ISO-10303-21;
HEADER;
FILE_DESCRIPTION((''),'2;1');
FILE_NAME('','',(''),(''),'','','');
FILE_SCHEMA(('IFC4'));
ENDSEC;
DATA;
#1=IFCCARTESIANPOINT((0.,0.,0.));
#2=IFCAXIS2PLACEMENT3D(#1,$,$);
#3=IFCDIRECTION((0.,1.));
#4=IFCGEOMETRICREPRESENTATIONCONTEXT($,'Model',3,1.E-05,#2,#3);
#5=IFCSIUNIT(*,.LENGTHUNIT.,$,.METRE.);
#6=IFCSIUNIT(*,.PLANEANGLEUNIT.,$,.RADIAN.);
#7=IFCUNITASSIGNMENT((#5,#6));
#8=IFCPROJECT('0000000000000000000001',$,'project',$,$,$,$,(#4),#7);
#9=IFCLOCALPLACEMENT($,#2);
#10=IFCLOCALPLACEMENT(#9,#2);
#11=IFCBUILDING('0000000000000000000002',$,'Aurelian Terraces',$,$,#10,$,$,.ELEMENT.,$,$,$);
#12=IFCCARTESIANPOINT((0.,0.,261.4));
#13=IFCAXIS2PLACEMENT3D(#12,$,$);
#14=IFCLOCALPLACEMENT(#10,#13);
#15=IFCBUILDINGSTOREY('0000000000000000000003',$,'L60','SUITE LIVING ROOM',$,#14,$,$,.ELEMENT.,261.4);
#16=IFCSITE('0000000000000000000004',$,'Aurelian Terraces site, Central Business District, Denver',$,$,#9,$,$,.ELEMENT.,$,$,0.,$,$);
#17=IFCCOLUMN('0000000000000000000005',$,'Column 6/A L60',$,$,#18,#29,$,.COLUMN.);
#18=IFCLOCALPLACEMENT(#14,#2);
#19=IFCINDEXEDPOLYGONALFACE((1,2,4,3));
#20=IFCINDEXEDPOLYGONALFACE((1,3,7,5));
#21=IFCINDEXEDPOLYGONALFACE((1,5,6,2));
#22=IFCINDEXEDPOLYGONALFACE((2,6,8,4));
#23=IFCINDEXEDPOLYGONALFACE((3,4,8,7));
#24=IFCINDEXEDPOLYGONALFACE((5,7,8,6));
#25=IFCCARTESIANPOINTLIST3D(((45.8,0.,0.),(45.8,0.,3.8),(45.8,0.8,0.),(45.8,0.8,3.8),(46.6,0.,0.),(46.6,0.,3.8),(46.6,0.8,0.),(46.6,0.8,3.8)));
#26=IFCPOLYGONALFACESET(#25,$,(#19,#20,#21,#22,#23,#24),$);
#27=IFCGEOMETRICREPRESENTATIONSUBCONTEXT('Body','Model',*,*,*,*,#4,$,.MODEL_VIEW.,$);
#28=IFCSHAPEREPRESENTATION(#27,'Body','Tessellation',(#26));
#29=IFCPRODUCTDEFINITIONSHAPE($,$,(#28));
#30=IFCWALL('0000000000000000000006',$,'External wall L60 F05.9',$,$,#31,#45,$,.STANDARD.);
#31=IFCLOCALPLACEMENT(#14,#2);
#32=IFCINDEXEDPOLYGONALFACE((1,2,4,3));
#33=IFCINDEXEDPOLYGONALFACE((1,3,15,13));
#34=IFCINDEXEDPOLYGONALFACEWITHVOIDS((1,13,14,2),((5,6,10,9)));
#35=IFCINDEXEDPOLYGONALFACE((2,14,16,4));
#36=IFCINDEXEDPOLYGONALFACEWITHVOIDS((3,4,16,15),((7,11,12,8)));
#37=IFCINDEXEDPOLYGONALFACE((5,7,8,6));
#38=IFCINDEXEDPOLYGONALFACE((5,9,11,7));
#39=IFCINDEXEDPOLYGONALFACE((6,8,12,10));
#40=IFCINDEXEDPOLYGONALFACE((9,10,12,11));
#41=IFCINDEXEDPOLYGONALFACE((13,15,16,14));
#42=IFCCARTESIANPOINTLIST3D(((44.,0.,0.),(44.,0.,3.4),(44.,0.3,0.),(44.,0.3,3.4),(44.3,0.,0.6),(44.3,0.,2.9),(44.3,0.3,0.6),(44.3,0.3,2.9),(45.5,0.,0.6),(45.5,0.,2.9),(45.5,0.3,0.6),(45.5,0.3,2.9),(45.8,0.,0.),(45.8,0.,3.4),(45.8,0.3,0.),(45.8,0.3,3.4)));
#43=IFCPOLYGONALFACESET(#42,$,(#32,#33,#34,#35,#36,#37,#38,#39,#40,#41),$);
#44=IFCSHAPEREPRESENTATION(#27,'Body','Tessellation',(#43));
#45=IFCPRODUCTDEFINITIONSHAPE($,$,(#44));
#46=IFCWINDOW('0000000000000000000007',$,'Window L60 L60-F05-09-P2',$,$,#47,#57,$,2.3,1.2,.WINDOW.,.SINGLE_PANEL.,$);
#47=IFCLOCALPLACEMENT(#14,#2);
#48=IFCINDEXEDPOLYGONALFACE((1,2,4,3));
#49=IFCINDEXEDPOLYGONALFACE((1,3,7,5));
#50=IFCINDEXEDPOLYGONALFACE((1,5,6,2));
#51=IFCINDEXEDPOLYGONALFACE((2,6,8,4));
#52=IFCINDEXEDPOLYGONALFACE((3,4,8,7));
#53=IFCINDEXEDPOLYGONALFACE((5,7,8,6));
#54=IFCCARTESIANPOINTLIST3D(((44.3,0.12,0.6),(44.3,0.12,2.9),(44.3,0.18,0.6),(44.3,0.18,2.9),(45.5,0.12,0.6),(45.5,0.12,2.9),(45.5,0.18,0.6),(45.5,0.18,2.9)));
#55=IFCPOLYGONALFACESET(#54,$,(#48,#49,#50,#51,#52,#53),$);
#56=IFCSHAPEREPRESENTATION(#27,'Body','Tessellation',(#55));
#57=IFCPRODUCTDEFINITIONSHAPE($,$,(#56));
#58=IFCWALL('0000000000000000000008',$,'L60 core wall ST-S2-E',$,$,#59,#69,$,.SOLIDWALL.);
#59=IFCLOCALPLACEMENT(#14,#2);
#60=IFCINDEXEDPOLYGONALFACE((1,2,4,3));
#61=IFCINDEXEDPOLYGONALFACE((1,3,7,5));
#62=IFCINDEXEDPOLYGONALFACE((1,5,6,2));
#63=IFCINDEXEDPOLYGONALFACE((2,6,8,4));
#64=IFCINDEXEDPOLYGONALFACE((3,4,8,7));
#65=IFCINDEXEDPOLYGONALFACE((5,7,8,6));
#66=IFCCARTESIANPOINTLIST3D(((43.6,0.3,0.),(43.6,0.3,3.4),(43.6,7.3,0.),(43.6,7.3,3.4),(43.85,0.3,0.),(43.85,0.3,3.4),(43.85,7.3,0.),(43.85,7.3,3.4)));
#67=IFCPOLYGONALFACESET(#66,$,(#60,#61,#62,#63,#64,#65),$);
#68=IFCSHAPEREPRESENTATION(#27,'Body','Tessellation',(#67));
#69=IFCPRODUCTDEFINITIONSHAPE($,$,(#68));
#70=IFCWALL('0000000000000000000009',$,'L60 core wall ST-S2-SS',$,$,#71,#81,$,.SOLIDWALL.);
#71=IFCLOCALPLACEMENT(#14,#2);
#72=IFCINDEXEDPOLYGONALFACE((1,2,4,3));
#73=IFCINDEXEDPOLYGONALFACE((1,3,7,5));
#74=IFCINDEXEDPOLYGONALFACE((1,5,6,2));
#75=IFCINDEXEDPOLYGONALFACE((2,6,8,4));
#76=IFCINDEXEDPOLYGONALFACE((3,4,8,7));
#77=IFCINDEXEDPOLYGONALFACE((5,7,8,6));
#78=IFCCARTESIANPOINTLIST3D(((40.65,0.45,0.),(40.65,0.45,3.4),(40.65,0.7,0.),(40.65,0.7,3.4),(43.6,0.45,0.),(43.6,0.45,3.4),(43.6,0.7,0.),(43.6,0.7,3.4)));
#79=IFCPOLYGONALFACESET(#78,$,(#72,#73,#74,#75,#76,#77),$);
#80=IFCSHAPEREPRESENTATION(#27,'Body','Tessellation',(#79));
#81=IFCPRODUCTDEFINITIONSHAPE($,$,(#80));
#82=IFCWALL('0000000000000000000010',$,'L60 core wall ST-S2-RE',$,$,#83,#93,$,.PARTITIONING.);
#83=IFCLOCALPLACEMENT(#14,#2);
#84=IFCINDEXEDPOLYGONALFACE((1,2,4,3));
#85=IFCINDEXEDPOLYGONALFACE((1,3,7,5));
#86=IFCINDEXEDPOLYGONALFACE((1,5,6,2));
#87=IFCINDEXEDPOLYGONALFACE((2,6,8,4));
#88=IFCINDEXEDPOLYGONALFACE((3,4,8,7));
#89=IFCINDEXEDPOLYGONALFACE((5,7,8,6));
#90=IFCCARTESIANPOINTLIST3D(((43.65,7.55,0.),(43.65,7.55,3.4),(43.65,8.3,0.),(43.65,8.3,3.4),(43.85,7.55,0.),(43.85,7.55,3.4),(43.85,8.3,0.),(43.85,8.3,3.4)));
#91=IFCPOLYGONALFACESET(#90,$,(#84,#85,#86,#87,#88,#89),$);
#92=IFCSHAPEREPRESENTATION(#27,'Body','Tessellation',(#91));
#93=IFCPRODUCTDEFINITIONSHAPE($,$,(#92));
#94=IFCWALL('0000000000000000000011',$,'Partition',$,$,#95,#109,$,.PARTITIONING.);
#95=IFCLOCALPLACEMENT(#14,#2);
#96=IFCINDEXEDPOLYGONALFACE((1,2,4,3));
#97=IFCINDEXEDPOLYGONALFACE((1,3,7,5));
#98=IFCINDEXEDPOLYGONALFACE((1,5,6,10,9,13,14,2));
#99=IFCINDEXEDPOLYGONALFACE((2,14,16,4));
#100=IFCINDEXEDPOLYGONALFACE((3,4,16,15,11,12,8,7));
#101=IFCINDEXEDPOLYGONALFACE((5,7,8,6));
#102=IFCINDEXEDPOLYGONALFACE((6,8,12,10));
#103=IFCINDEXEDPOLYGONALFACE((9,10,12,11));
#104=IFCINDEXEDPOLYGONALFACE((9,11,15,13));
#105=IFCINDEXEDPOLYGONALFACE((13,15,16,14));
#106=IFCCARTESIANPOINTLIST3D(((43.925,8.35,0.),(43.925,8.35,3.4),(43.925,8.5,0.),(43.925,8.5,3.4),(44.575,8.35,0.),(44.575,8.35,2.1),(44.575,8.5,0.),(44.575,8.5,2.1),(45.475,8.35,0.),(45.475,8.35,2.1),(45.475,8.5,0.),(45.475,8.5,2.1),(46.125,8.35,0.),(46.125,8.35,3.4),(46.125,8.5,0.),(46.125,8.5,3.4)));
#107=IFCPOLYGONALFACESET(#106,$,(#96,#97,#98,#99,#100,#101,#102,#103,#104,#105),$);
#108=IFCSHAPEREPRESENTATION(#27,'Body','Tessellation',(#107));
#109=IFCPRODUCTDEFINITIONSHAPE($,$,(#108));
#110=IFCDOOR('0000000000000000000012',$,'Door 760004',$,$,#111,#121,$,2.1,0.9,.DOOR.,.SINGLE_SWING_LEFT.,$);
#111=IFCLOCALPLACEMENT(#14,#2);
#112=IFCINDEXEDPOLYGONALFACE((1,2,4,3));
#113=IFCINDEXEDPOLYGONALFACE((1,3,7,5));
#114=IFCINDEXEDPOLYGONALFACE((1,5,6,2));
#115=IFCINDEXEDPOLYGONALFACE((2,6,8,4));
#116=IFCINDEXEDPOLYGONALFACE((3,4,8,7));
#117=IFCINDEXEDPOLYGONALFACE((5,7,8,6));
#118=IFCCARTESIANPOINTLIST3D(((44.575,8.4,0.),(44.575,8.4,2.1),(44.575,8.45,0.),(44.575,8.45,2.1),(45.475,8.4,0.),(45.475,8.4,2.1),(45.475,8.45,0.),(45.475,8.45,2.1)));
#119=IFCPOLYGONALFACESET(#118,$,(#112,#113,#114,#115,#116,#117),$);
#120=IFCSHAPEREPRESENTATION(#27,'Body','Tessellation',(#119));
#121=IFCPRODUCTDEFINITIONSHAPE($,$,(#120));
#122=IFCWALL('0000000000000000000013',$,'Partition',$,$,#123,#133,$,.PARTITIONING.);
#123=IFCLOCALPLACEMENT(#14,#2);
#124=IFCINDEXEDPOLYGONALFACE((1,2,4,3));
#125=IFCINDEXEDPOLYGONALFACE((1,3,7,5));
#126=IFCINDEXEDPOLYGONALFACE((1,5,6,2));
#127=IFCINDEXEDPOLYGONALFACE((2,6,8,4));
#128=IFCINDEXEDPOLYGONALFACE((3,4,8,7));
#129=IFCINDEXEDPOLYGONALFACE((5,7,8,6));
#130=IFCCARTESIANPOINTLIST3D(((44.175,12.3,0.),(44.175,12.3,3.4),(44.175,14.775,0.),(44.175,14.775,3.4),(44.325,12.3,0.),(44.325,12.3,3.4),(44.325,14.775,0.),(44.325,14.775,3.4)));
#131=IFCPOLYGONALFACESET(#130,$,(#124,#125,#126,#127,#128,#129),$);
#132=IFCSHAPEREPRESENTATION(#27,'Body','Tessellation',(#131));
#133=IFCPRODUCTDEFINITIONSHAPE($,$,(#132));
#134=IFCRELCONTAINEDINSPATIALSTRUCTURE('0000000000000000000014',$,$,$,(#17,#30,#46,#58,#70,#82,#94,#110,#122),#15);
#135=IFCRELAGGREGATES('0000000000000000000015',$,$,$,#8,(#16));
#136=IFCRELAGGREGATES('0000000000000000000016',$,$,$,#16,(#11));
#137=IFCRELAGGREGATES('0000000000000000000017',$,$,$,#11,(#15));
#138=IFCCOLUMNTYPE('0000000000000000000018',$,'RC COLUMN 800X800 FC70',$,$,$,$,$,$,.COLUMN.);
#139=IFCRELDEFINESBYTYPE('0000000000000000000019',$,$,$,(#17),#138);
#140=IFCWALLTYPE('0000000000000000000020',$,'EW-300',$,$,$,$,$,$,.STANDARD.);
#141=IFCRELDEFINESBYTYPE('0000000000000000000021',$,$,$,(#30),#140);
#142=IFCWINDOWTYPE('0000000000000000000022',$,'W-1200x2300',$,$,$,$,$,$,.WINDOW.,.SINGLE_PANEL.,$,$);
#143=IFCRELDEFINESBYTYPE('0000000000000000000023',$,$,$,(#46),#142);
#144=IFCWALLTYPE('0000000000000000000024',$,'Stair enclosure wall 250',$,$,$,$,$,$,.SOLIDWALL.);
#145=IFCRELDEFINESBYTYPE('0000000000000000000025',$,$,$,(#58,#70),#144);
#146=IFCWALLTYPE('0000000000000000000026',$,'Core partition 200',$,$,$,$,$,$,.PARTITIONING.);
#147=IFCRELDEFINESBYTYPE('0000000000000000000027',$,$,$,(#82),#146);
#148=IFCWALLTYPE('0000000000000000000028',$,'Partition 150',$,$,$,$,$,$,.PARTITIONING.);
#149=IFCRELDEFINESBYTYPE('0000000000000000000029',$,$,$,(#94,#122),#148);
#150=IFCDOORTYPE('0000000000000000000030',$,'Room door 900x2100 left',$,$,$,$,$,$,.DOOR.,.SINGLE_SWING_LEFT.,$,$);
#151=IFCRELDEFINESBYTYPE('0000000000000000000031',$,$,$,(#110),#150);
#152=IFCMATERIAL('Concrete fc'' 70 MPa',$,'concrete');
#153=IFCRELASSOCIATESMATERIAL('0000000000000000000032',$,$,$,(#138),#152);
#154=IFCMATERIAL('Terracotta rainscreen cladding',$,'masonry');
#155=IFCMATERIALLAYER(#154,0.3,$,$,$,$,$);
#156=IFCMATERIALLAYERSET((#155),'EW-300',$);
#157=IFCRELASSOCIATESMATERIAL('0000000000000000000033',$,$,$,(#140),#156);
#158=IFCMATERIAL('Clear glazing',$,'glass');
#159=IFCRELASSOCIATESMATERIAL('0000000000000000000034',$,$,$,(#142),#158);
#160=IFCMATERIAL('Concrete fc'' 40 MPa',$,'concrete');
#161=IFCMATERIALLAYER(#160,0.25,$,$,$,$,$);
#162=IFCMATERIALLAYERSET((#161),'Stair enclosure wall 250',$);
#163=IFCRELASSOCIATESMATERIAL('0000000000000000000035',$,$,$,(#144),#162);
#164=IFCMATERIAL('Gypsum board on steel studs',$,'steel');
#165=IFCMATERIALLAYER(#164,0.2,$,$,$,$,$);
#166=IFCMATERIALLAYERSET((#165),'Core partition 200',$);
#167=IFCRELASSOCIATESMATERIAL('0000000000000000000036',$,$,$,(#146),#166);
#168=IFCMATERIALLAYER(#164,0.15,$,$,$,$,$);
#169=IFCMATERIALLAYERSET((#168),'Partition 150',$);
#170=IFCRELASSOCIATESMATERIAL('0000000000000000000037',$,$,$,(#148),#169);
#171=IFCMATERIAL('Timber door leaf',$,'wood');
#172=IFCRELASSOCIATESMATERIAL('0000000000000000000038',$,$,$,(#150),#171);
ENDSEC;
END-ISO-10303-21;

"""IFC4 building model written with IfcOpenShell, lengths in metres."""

from ifc_helpers import new_model, si_unit, direction, frame, frame_2d, origin, origin_2d, place, context, subcontext, project, spatial, rectangle, extrude, source, transform, mapped, material, layer, layer_set, material_profile, profile_set, type_object, element, fill, save


model = new_model("IFC4")

# Units and contexts
model_context = context("Model", 3, precision=1e-05, world=origin(), true_north=direction((0.0, 1.0)))
body_context = subcontext(model_context, "Body", "Model", "MODEL_VIEW")
ifc_project = project(units=[si_unit("LENGTHUNIT", "METRE"), si_unit("PLANEANGLEUNIT", "RADIAN")], contexts=[model_context])

# Site, building, storey
site_placement = place(None, origin())
site = spatial("IfcSite", under=ifc_project, at=site_placement, Name="Aurelian Terraces site, Central Business District, Denver", CompositionType="ELEMENT", RefElevation=0.0)
building_placement = place(site_placement, origin())
building = spatial("IfcBuilding", under=site, at=building_placement, Name="Aurelian Terraces", CompositionType="ELEMENT")
storey_placement = place(building_placement, frame((0.0, 0.0, 261.4)))
storey = spatial("IfcBuildingStorey", under=building, at=storey_placement, Name="L60", Description="SUITE LIVING ROOM", CompositionType="ELEMENT", Elevation=261.4)

# Column
ifc_material_1 = material(Name="Concrete fc' 70 MPa", Category="concrete")
ifc_material_profile = material_profile(ifc_material_1, rectangle(XDim=0.8, YDim=0.8, at=origin_2d()))
ifc_profile_set = profile_set([ifc_material_profile], Name="Concrete fc' 70 MPa")
column_type = type_object("IfcColumnType", Name="RC COLUMN 800X800 FC70", PredefinedType="COLUMN", material=ifc_profile_set)
shared_shape_1 = source(origin(), body_context, "Body", "SweptSolid", [
    extrude(rectangle(XDim=0.8, YDim=0.8, at=origin_2d()), origin(), (0.0, 0.0, 1.0), 3.8),
])
column_placement = place(storey_placement, frame((46.2, 0.4, 0.0), z_axis=(0.0, 0.0, 1.0), x_axis=(1.0, 0.0, 0.0)))
element("IfcColumn", 1, at=column_placement, inside=storey, type_object=column_type, Name="Column 6/A L60", PredefinedType="COLUMN", context=body_context, shape_type="MappedRepresentation", body=[
    mapped(shared_shape_1, transform((0.0, 0.0, 0.0), scale=1.0)),
])

# Wall, opening, window
ifc_material_2 = material(Name="Terracotta rainscreen cladding", Category="masonry")
ifc_layer_1 = layer(ifc_material_2, 0.3)
ifc_layer_set_1 = layer_set([ifc_layer_1], Name="EW-300")
wall_type_1 = type_object("IfcWallType", Name="EW-300", PredefinedType="STANDARD", material=ifc_layer_set_1)
shared_shape_2 = source(origin(), body_context, "Body", "SweptSolid", [
    extrude(rectangle(XDim=1.8, YDim=0.3, at=frame_2d((0.9, 0.0))), origin(), (0.0, 0.0, 1.0), 3.4),
])
wall_1_placement = place(storey_placement, frame((44.0, 0.15, 0.0), z_axis=(0.0, 0.0, 1.0), x_axis=(1.0, 0.0, 0.0)))
wall_1 = element("IfcWall", 2, at=wall_1_placement, inside=storey, type_object=wall_type_1, Name="External wall L60 F05.9", PredefinedType="STANDARD", context=body_context, shape_type="MappedRepresentation", body=[
    mapped(shared_shape_2, transform((0.0, 0.0, 0.0), scale=1.0)),
])
shared_shape_3 = source(origin(), body_context, "Body", "SweptSolid", [
    extrude(rectangle(XDim=1.2, YDim=2.3, at=frame_2d((0.6, 1.15))), frame((0.0, 0.16, 0.0), z_axis=(0.0, -1.0, 0.0), x_axis=(1.0, 0.0, 0.0)), (0.0, 0.0, 1.0), 0.32),
])
opening_1_placement = place(wall_1_placement, frame((0.3, 0.0, 0.6)))
opening_1 = element("IfcOpeningElement", 3, at=opening_1_placement, cuts=wall_1, PredefinedType="OPENING", context=body_context, shape_type="MappedRepresentation", body=[
    mapped(shared_shape_3, transform((0.0, 0.0, 0.0), scale=1.0)),
])
ifc_material_3 = material(Name="Clear glazing", Category="glass")
window_type = type_object("IfcWindowType", Name="W-1200x2300", PartitioningType="SINGLE_PANEL", PredefinedType="WINDOW", material=ifc_material_3)
shared_shape_4 = source(origin(), body_context, "Body", "SweptSolid", [
    extrude(rectangle(XDim=1.2, YDim=2.3, at=frame_2d((0.6, 1.15))), frame((0.0, 0.03, 0.0), z_axis=(0.0, -1.0, 0.0), x_axis=(1.0, 0.0, 0.0)), (0.0, 0.0, 1.0), 0.06),
])
window_placement = place(opening_1_placement, origin())
window = element("IfcWindow", 4, at=window_placement, inside=storey, type_object=window_type, Name="Window L60 L60-F05-09-P2", OverallHeight=2.3, OverallWidth=1.2, PartitioningType="SINGLE_PANEL", PredefinedType="WINDOW", context=body_context, shape_type="MappedRepresentation", body=[
    mapped(shared_shape_4, transform((0.0, 0.0, 0.0), scale=1.0)),
])
fill(opening_1, window)

# Walls
ifc_material_4 = material(Name="Concrete fc' 40 MPa", Category="concrete")
ifc_layer_2 = layer(ifc_material_4, 0.25)
ifc_layer_set_2 = layer_set([ifc_layer_2], Name="Stair enclosure wall 250")
wall_type_2 = type_object("IfcWallType", Name="Stair enclosure wall 250", PredefinedType="SOLIDWALL", material=ifc_layer_set_2)
shared_shape_5 = source(origin(), body_context, "Body", "SweptSolid", [
    extrude(rectangle(XDim=7.0, YDim=0.25, at=frame_2d((3.5, 0.0))), origin(), (0.0, 0.0, 1.0), 3.4),
])
wall_2_placement = place(storey_placement, frame((43.725, 0.3, 0.0), z_axis=(0.0, 0.0, 1.0), x_axis=(0.0, 1.0, 0.0)))
element("IfcWall", 5, at=wall_2_placement, inside=storey, type_object=wall_type_2, Name="L60 core wall ST-S2-E", PredefinedType="SOLIDWALL", context=body_context, shape_type="MappedRepresentation", body=[
    mapped(shared_shape_5, transform((0.0, 0.0, 0.0), scale=1.0)),
])
shared_shape_6 = source(origin(), body_context, "Body", "SweptSolid", [
    extrude(rectangle(XDim=2.95, YDim=0.25, at=frame_2d((1.475, 0.0))), origin(), (0.0, 0.0, 1.0), 3.4),
])
wall_3_placement = place(storey_placement, frame((40.65, 0.575, 0.0), z_axis=(0.0, 0.0, 1.0), x_axis=(1.0, 0.0, 0.0)))
element("IfcWall", 6, at=wall_3_placement, inside=storey, type_object=wall_type_2, Name="L60 core wall ST-S2-SS", PredefinedType="SOLIDWALL", context=body_context, shape_type="MappedRepresentation", body=[
    mapped(shared_shape_6, transform((0.0, 0.0, 0.0), scale=1.0)),
])
ifc_material_5 = material(Name="Gypsum board on steel studs", Category="steel")
ifc_layer_3 = layer(ifc_material_5, 0.2)
ifc_layer_set_3 = layer_set([ifc_layer_3], Name="Core partition 200")
wall_type_3 = type_object("IfcWallType", Name="Core partition 200", PredefinedType="PARTITIONING", material=ifc_layer_set_3)
shared_shape_7 = source(origin(), body_context, "Body", "SweptSolid", [
    extrude(rectangle(XDim=0.75, YDim=0.2, at=frame_2d((0.375, 0.0))), origin(), (0.0, 0.0, 1.0), 3.4),
])
wall_4_placement = place(storey_placement, frame((43.75, 7.55, 0.0), z_axis=(0.0, 0.0, 1.0), x_axis=(0.0, 1.0, 0.0)))
element("IfcWall", 7, at=wall_4_placement, inside=storey, type_object=wall_type_3, Name="L60 core wall ST-S2-RE", PredefinedType="PARTITIONING", context=body_context, shape_type="MappedRepresentation", body=[
    mapped(shared_shape_7, transform((0.0, 0.0, 0.0), scale=1.0)),
])

# Wall, opening, door
ifc_layer_4 = layer(ifc_material_5, 0.15)
ifc_layer_set_4 = layer_set([ifc_layer_4], Name="Partition 150")
wall_type_4 = type_object("IfcWallType", Name="Partition 150", PredefinedType="PARTITIONING", material=ifc_layer_set_4)
shared_shape_8 = source(origin(), body_context, "Body", "SweptSolid", [
    extrude(rectangle(XDim=2.2, YDim=0.15, at=frame_2d((1.1, 0.0))), origin(), (0.0, 0.0, 1.0), 3.4),
])
wall_5_placement = place(storey_placement, frame((46.125, 8.425, 0.0), z_axis=(0.0, 0.0, 1.0), x_axis=(-1.0, 0.0, 0.0)))
wall_5 = element("IfcWall", 8, at=wall_5_placement, inside=storey, type_object=wall_type_4, Name="Partition", PredefinedType="PARTITIONING", context=body_context, shape_type="MappedRepresentation", body=[
    mapped(shared_shape_8, transform((0.0, 0.0, 0.0), scale=1.0)),
])
shared_shape_9 = source(origin(), body_context, "Body", "SweptSolid", [
    extrude(rectangle(XDim=0.9, YDim=2.1, at=frame_2d((0.45, 1.05))), frame((0.0, 0.085, 0.0), z_axis=(0.0, -1.0, 0.0), x_axis=(1.0, 0.0, 0.0)), (0.0, 0.0, 1.0), 0.17),
])
opening_2_placement = place(wall_5_placement, frame((0.65, 0.0, 0.0)))
opening_2 = element("IfcOpeningElement", 9, at=opening_2_placement, cuts=wall_5, PredefinedType="OPENING", context=body_context, shape_type="MappedRepresentation", body=[
    mapped(shared_shape_9, transform((0.0, 0.0, 0.0), scale=1.0)),
])
ifc_material_6 = material(Name="Timber door leaf", Category="wood")
door_type = type_object("IfcDoorType", Name="Room door 900x2100 left", OperationType="SINGLE_SWING_LEFT", PredefinedType="DOOR", material=ifc_material_6)
shared_shape_10 = source(origin(), body_context, "Body", "SweptSolid", [
    extrude(rectangle(XDim=0.9, YDim=2.1, at=frame_2d((0.45, 1.05))), frame((0.0, 0.025, 0.0), z_axis=(0.0, -1.0, 0.0), x_axis=(1.0, 0.0, 0.0)), (0.0, 0.0, 1.0), 0.05),
])
door_placement = place(opening_2_placement, origin())
door = element("IfcDoor", 10, at=door_placement, inside=storey, type_object=door_type, Name="Door 760004", OperationType="SINGLE_SWING_LEFT", OverallHeight=2.1, OverallWidth=0.9, PredefinedType="DOOR", context=body_context, shape_type="MappedRepresentation", body=[
    mapped(shared_shape_10, transform((0.0, 0.0, 0.0), scale=1.0)),
])
fill(opening_2, door)

# Wall
shared_shape_11 = source(origin(), body_context, "Body", "SweptSolid", [
    extrude(rectangle(XDim=2.475, YDim=0.15, at=frame_2d((1.2375, 0.0))), origin(), (0.0, 0.0, 1.0), 3.4),
])
wall_6_placement = place(storey_placement, frame((44.25, 12.3, 0.0), z_axis=(0.0, 0.0, 1.0), x_axis=(0.0, 1.0, 0.0)))
element("IfcWall", 11, at=wall_6_placement, inside=storey, type_object=wall_type_4, Name="Partition", PredefinedType="PARTITIONING", context=body_context, shape_type="MappedRepresentation", body=[
    mapped(shared_shape_11, transform((0.0, 0.0, 0.0), scale=1.0)),
])

save(model, "model.ifc")
